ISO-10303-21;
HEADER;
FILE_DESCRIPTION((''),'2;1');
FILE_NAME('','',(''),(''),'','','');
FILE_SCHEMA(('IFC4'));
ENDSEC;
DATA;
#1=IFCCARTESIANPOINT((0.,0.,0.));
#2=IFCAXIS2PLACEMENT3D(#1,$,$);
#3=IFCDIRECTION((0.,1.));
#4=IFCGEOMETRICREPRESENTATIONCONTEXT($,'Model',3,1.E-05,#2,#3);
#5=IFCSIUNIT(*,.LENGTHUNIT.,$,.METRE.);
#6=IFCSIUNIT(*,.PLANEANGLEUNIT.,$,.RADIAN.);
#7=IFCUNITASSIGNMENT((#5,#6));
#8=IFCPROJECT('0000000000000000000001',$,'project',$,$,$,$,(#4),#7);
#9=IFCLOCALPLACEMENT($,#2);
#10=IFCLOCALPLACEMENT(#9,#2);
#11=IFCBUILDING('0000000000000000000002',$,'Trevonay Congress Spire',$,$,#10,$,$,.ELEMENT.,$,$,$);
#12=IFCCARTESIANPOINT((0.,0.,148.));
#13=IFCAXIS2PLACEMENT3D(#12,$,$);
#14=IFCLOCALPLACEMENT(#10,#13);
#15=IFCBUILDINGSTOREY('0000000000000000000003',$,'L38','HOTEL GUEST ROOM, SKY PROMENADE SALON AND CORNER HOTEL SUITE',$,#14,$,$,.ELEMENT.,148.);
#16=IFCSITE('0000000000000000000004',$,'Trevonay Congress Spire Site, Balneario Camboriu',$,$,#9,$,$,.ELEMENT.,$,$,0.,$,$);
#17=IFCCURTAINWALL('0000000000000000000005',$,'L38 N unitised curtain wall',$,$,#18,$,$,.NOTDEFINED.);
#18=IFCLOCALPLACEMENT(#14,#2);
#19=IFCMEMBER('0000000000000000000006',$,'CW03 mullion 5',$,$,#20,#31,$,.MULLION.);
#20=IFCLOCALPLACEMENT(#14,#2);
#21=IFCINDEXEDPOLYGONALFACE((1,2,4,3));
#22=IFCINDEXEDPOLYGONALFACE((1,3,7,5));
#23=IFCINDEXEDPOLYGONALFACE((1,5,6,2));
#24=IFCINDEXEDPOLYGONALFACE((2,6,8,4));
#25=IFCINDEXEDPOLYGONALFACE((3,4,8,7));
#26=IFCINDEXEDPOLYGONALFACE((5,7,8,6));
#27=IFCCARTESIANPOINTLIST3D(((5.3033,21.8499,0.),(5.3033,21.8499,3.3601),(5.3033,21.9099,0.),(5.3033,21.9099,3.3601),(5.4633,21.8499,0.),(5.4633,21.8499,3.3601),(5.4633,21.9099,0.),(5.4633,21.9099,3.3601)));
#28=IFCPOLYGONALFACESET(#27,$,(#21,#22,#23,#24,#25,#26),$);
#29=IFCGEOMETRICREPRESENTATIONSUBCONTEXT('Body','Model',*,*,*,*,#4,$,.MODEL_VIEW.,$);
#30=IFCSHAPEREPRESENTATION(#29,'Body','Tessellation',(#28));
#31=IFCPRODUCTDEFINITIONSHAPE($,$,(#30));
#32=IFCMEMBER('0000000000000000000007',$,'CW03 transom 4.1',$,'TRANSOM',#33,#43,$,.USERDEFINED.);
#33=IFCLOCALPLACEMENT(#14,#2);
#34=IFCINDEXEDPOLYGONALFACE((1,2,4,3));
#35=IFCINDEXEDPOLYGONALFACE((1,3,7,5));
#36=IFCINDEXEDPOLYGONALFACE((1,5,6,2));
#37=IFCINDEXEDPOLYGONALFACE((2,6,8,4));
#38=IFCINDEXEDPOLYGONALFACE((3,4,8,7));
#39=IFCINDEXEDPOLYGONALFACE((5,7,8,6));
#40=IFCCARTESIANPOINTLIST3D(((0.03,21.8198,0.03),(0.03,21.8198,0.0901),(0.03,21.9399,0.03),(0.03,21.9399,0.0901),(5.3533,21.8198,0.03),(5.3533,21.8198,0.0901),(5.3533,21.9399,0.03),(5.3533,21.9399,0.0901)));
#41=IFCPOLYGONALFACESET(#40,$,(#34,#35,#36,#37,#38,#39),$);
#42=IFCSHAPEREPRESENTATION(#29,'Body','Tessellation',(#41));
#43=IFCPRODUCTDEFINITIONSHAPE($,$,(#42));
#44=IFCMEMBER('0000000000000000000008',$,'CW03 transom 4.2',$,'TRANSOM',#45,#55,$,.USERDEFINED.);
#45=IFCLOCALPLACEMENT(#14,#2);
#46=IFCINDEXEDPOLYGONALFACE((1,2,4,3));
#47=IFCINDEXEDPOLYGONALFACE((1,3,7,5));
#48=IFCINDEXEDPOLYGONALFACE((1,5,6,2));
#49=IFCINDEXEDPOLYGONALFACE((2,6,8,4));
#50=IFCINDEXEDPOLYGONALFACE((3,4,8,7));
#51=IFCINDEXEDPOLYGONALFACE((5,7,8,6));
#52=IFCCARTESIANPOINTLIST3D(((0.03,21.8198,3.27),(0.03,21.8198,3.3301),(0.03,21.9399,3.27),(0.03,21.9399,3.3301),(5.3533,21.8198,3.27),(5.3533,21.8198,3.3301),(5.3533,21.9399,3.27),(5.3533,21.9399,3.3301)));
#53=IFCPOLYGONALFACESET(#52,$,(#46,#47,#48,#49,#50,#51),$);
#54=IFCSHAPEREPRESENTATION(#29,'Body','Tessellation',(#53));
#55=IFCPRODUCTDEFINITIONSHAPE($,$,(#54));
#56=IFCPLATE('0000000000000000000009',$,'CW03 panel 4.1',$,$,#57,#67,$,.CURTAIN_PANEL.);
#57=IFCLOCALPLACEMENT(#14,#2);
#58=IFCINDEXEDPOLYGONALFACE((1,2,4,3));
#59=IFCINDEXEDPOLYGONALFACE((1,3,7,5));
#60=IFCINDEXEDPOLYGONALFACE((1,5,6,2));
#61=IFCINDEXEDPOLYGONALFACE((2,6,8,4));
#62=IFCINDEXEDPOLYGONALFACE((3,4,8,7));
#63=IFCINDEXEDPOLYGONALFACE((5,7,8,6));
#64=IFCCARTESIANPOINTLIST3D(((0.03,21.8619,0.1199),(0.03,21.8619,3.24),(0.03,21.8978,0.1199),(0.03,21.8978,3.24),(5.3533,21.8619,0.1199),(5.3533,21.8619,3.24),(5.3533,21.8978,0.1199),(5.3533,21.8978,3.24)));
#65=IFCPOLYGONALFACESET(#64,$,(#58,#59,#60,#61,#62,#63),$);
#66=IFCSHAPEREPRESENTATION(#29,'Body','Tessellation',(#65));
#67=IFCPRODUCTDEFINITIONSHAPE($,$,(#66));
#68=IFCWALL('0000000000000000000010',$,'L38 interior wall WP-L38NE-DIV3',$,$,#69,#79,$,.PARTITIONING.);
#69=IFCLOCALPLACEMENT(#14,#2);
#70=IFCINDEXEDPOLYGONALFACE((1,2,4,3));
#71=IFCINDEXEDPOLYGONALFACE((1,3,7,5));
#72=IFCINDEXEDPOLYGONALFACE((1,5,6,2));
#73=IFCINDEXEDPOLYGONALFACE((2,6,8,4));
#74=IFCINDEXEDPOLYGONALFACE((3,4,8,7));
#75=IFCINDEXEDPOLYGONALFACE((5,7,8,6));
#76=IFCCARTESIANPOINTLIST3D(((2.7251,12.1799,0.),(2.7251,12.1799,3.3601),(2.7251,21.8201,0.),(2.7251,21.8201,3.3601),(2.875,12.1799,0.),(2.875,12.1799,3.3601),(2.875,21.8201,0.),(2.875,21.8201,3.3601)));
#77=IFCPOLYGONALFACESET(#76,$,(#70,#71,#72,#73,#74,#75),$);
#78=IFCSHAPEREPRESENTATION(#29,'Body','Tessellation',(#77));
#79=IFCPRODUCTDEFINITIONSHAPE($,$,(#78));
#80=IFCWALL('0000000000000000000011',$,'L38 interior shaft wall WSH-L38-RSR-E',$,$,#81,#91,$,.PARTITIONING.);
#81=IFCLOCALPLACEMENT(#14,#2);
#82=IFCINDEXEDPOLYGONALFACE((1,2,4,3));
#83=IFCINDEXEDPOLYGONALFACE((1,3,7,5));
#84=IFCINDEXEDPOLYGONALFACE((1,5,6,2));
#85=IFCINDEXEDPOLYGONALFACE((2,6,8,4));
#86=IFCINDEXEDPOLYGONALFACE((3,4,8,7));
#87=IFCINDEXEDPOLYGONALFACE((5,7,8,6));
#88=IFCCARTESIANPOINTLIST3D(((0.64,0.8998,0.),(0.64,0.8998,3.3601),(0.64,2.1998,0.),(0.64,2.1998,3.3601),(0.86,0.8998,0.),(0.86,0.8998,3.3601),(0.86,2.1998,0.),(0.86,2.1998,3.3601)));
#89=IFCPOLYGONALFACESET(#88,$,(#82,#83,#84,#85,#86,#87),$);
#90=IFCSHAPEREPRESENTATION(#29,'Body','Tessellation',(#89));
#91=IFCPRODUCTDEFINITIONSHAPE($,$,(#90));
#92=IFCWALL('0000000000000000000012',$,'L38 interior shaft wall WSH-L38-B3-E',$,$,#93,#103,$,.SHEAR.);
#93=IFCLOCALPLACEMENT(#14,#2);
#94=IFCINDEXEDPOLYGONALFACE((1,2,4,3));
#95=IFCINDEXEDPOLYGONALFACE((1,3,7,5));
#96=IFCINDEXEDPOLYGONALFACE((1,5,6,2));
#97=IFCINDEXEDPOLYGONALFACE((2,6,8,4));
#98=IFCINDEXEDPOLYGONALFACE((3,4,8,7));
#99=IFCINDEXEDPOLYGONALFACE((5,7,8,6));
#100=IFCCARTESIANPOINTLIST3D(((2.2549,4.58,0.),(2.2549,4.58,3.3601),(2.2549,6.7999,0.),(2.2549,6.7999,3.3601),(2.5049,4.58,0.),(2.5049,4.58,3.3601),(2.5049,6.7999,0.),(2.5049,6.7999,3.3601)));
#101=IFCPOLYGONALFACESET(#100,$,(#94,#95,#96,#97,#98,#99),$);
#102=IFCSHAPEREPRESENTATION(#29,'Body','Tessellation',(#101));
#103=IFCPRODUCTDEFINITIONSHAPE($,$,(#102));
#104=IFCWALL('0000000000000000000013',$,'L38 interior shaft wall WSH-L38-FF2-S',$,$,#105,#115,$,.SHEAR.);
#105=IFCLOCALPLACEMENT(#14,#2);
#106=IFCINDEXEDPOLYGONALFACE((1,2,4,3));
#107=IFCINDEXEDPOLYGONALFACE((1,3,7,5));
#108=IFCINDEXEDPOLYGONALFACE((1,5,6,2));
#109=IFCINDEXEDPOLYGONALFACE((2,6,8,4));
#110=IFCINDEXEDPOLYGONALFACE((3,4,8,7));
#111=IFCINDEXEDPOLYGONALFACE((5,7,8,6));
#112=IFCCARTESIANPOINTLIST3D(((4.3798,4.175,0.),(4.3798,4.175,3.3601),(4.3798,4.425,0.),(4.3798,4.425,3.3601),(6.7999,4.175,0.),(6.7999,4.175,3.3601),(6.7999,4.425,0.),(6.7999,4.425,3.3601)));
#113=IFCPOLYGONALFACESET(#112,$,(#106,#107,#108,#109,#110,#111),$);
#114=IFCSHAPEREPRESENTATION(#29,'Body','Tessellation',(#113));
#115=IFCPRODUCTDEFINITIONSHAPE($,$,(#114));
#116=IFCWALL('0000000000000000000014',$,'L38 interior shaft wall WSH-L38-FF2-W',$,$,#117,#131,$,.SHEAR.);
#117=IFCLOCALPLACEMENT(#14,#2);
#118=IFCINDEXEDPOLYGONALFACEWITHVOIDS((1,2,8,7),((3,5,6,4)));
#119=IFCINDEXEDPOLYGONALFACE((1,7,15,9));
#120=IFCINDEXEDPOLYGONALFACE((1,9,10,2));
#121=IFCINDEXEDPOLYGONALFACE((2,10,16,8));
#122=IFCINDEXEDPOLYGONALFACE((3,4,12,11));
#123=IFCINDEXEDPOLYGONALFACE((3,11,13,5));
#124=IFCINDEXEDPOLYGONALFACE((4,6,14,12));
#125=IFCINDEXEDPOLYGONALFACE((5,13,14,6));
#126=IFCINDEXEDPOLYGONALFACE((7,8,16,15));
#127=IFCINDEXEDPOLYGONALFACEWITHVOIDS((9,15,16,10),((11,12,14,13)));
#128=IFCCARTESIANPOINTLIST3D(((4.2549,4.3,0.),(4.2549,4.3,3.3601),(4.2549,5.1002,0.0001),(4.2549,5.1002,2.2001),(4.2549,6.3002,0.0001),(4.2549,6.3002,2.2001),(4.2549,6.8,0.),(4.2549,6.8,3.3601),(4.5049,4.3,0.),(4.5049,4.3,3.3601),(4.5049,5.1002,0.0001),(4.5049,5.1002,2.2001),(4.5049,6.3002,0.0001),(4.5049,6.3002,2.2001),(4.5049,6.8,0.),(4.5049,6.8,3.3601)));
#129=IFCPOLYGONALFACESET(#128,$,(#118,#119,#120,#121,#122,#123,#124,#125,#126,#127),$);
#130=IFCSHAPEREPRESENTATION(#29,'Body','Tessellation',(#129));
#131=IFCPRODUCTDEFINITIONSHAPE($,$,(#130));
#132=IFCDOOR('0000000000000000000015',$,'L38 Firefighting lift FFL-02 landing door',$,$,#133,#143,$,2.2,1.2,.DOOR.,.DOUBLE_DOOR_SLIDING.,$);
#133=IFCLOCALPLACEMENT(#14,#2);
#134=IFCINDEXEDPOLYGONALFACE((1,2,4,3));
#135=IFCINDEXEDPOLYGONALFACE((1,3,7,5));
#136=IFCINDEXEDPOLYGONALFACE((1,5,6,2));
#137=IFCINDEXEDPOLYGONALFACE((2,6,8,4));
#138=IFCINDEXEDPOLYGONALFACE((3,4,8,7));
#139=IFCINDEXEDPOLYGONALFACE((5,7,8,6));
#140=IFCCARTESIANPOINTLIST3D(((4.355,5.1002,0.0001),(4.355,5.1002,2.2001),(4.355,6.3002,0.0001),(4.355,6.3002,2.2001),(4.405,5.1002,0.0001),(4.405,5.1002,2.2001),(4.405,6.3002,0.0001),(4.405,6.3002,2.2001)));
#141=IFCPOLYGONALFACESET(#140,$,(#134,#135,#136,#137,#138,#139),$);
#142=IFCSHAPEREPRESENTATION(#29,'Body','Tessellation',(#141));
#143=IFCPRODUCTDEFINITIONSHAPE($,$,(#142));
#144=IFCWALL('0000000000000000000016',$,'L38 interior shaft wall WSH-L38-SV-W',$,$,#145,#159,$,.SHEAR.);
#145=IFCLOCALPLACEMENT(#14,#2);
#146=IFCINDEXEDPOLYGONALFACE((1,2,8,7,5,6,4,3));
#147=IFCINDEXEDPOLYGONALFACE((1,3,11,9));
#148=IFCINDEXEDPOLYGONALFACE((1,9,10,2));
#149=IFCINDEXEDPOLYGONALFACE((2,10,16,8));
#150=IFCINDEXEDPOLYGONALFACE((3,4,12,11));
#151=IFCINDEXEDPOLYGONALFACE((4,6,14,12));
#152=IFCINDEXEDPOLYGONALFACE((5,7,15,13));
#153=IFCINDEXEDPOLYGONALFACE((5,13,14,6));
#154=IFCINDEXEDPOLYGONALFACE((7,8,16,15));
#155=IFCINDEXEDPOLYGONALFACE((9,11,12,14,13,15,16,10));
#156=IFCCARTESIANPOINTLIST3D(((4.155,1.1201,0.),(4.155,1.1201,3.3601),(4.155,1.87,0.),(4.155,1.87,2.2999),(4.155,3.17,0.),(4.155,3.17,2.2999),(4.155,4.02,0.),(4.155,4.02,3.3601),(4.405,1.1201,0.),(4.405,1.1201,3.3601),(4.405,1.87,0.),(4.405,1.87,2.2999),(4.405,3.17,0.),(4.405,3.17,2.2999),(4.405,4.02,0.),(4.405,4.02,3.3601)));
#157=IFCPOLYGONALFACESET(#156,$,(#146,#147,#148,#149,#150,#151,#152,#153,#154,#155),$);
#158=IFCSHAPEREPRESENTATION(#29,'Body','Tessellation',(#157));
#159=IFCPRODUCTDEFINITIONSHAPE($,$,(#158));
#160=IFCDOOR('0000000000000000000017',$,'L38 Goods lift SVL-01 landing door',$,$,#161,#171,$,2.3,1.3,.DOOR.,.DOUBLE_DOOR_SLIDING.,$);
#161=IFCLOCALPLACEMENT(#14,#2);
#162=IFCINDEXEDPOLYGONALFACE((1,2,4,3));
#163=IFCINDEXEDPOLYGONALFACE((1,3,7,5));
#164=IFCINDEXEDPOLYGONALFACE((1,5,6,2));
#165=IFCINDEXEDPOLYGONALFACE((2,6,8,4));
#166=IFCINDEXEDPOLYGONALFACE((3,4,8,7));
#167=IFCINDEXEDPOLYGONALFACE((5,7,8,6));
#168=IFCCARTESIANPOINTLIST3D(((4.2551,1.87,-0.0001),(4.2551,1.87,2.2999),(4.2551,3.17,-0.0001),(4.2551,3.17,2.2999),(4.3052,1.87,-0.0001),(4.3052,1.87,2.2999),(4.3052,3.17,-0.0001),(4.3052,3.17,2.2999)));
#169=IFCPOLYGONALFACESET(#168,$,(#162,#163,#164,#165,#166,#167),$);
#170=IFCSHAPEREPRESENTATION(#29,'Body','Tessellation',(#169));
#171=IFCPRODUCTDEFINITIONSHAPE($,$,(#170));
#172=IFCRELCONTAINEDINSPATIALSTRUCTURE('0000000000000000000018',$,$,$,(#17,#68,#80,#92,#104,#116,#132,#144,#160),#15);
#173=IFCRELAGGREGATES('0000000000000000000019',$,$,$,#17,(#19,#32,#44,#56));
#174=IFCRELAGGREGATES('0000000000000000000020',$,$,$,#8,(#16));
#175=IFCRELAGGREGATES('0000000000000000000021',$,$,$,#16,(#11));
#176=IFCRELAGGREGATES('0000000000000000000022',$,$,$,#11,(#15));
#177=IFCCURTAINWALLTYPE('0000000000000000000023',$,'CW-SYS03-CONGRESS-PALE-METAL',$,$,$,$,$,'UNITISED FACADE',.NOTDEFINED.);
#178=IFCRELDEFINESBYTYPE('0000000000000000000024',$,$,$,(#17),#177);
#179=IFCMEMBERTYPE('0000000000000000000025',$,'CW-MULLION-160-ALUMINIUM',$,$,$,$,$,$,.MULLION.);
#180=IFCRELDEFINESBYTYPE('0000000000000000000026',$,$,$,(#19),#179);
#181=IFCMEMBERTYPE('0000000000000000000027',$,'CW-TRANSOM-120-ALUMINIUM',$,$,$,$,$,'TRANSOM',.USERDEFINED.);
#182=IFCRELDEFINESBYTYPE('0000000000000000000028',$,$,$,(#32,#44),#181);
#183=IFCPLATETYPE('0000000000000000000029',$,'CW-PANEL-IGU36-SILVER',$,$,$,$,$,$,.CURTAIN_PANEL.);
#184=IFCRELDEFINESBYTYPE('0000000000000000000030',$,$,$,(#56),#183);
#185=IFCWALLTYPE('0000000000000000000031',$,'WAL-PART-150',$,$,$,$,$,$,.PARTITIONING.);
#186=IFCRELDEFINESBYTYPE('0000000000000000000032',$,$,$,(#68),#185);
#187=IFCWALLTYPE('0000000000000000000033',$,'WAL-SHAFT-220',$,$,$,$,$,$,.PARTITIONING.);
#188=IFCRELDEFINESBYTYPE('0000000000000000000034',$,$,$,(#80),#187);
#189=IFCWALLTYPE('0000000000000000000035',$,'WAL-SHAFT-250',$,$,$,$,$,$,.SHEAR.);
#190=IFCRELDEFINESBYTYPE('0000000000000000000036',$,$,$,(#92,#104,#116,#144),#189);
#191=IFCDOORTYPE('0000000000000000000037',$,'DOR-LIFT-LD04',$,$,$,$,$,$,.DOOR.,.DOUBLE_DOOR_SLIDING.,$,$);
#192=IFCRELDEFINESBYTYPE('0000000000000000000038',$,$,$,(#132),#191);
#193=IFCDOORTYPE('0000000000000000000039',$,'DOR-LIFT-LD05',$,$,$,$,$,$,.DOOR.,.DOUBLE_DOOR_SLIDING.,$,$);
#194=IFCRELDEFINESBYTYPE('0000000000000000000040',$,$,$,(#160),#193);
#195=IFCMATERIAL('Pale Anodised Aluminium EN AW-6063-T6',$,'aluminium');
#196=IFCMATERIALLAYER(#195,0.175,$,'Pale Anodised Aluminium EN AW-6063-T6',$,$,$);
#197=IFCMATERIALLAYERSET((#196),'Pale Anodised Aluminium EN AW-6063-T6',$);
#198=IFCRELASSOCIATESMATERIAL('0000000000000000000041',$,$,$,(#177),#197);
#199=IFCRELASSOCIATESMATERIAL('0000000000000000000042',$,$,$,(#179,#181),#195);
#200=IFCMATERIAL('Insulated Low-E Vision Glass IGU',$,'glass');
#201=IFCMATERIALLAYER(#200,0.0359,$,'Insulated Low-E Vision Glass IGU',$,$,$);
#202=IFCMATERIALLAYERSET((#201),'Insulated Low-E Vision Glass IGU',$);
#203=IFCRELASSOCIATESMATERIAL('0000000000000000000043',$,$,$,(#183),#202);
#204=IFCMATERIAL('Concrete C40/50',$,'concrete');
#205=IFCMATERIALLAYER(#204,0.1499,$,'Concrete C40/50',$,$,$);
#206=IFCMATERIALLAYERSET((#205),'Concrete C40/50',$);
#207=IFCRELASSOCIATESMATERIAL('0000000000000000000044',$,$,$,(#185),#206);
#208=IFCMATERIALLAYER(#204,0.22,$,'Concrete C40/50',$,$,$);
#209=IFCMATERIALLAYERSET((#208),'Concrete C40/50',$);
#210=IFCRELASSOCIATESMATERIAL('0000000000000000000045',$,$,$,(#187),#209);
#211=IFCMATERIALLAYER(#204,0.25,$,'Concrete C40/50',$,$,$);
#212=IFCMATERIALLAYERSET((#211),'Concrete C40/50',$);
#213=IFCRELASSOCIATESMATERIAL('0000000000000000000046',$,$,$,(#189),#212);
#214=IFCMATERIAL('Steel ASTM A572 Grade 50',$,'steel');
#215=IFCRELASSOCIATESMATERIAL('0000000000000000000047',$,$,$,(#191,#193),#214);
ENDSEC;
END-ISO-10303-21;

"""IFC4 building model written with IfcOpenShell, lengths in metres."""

from ifc_helpers import new_model, si_unit, direction, frame, frame_2d, origin, origin_2d, place, context, subcontext, project, spatial, rectangle, extrude, material, layer, layer_set, material_profile, profile_set, type_object, element, fill, aggregate, save


model = new_model("IFC4")

# Units and contexts
model_context = context("Model", 3, precision=1e-05, world=origin(), true_north=direction((0.0, 1.0)))
body_context = subcontext(model_context, "Body", "Model", "MODEL_VIEW")
ifc_project = project(units=[si_unit("LENGTHUNIT", "METRE"), si_unit("PLANEANGLEUNIT", "RADIAN")], contexts=[model_context])

# Site, building, storey
site_placement = place(None, origin())
site = spatial("IfcSite", under=ifc_project, at=site_placement, Name="Trevonay Congress Spire Site, Balneario Camboriu", CompositionType="ELEMENT", RefElevation=0.0)
building_placement = place(site_placement, origin())
building = spatial("IfcBuilding", under=site, at=building_placement, Name="Trevonay Congress Spire", CompositionType="ELEMENT")
storey_placement = place(building_placement, frame((0.0, 0.0, 148.0)))
storey = spatial("IfcBuildingStorey", under=building, at=storey_placement, Name="L38", Description="HOTEL GUEST ROOM, SKY PROMENADE SALON AND CORNER HOTEL SUITE", CompositionType="ELEMENT", Elevation=148.0)

# Shared definitions
ifc_material_1 = material(Name="Steel ASTM A572 Grade 50", Category="steel")

# Curtain wall, members, plate
ifc_material_2 = material(Name="Pale Anodised Aluminium EN AW-6063-T6", Category="aluminium")
ifc_layer_1 = layer(ifc_material_2, 0.175, Name="Pale Anodised Aluminium EN AW-6063-T6")
ifc_layer_set_1 = layer_set([ifc_layer_1], Name="Pale Anodised Aluminium EN AW-6063-T6")
curtain_wall_type = type_object("IfcCurtainWallType", Name="CW-SYS03-CONGRESS-PALE-METAL", ElementType="UNITISED FACADE", PredefinedType="NOTDEFINED", material=ifc_layer_set_1)
curtain_wall_placement = place(storey_placement, origin())
curtain_wall = element("IfcCurtainWall", 1, at=curtain_wall_placement, inside=storey, type_object=curtain_wall_type, Name="L38 N unitised curtain wall", PredefinedType="NOTDEFINED")
ifc_material_profile_1 = material_profile(ifc_material_2, rectangle(XDim=0.0601, YDim=0.1599, at=origin_2d()), Name="CW-MULLION-160-ALUMINIUM")
ifc_profile_set_1 = profile_set([ifc_material_profile_1], Name="Pale Anodised Aluminium EN AW-6063-T6")
member_type_1 = type_object("IfcMemberType", Name="CW-MULLION-160-ALUMINIUM", PredefinedType="MULLION", material=ifc_profile_set_1)
member_1_placement = place(storey_placement, frame((5.3833, 21.8799, 0.0), z_axis=(0.0, 0.0, 1.0), x_axis=(0.0, 1.0, 0.0)))
member_1 = element("IfcMember", 2, at=member_1_placement, type_object=member_type_1, Name="CW03 mullion 5", PredefinedType="MULLION", context=body_context, shape_type="SweptSolid", body=[
    extrude(rectangle(XDim=0.0601, YDim=0.1599, at=origin_2d()), origin(), (0.0, 0.0, 1.0), 3.3601),
])
ifc_material_profile_2 = material_profile(ifc_material_2, rectangle(XDim=0.1201, YDim=0.0601, at=origin_2d()), Name="CW-TRANSOM-120-ALUMINIUM")
ifc_profile_set_2 = profile_set([ifc_material_profile_2], Name="Pale Anodised Aluminium EN AW-6063-T6")
member_type_2 = type_object("IfcMemberType", Name="CW-TRANSOM-120-ALUMINIUM", ElementType="TRANSOM", PredefinedType="USERDEFINED", material=ifc_profile_set_2)
member_2_placement = place(storey_placement, frame((0.03, 21.8799, 0.0601), z_axis=(1.0, 0.0, 0.0), x_axis=(0.0, 1.0, 0.0)))
member_2 = element("IfcMember", 3, at=member_2_placement, type_object=member_type_2, Name="CW03 transom 4.1", ObjectType="TRANSOM", PredefinedType="USERDEFINED", context=body_context, shape_type="SweptSolid", body=[
    extrude(rectangle(XDim=0.1201, YDim=0.0601, at=origin_2d()), origin(), (0.0, 0.0, 1.0), 5.3232),
])
member_3_placement = place(storey_placement, frame((0.03, 21.8799, 3.3), z_axis=(1.0, 0.0, 0.0), x_axis=(0.0, 1.0, 0.0)))
member_3 = element("IfcMember", 4, at=member_3_placement, type_object=member_type_2, Name="CW03 transom 4.2", ObjectType="TRANSOM", PredefinedType="USERDEFINED", context=body_context, shape_type="SweptSolid", body=[
    extrude(rectangle(XDim=0.1201, YDim=0.0601, at=origin_2d()), origin(), (0.0, 0.0, 1.0), 5.3232),
])
ifc_material_3 = material(Name="Insulated Low-E Vision Glass IGU", Category="glass")
ifc_layer_2 = layer(ifc_material_3, 0.0359, Name="Insulated Low-E Vision Glass IGU")
ifc_layer_set_2 = layer_set([ifc_layer_2], Name="Insulated Low-E Vision Glass IGU")
plate_type = type_object("IfcPlateType", Name="CW-PANEL-IGU36-SILVER", PredefinedType="CURTAIN_PANEL", material=ifc_layer_set_2)
plate_placement = place(storey_placement, frame((2.6917, 21.8799, 0.1199), z_axis=(0.0, 0.0, 1.0), x_axis=(1.0, 0.0, 0.0)))
plate = element("IfcPlate", 5, at=plate_placement, type_object=plate_type, Name="CW03 panel 4.1", PredefinedType="CURTAIN_PANEL", context=body_context, shape_type="SweptSolid", body=[
    extrude(rectangle(XDim=5.3232, YDim=0.0359, at=origin_2d()), origin(), (0.0, 0.0, 1.0), 3.1201),
])
aggregate(curtain_wall, [member_1, member_2, member_3, plate])

# Walls
ifc_material_4 = material(Name="Concrete C40/50", Category="concrete")
ifc_layer_3 = layer(ifc_material_4, 0.1499, Name="Concrete C40/50")
ifc_layer_set_3 = layer_set([ifc_layer_3], Name="Concrete C40/50")
wall_type_1 = type_object("IfcWallType", Name="WAL-PART-150", PredefinedType="PARTITIONING", material=ifc_layer_set_3)
wall_1_placement = place(storey_placement, frame((2.8, 12.1799, 0.0), z_axis=(0.0, 0.0, 1.0), x_axis=(0.0, 1.0, 0.0)))
element("IfcWall", 6, at=wall_1_placement, inside=storey, type_object=wall_type_1, Name="L38 interior wall WP-L38NE-DIV3", PredefinedType="PARTITIONING", context=body_context, shape_type="SweptSolid", body=[
    extrude(rectangle(XDim=9.6401, YDim=0.1499, at=frame_2d((4.8201, 0.0))), origin(), (0.0, 0.0, 1.0), 3.3601),
])
ifc_layer_4 = layer(ifc_material_4, 0.22, Name="Concrete C40/50")
ifc_layer_set_4 = layer_set([ifc_layer_4], Name="Concrete C40/50")
wall_type_2 = type_object("IfcWallType", Name="WAL-SHAFT-220", PredefinedType="PARTITIONING", material=ifc_layer_set_4)
wall_2_placement = place(storey_placement, frame((0.75, 0.8999, 0.0), z_axis=(0.0, 0.0, 1.0), x_axis=(0.0, 1.0, 0.0)))
element("IfcWall", 7, at=wall_2_placement, inside=storey, type_object=wall_type_2, Name="L38 interior shaft wall WSH-L38-RSR-E", PredefinedType="PARTITIONING", context=body_context, shape_type="SweptSolid", body=[
    extrude(rectangle(XDim=1.3, YDim=0.22, at=frame_2d((0.6499, 0.0))), origin(), (0.0, 0.0, 1.0), 3.3601),
])
ifc_layer_5 = layer(ifc_material_4, 0.25, Name="Concrete C40/50")
ifc_layer_set_5 = layer_set([ifc_layer_5], Name="Concrete C40/50")
wall_type_3 = type_object("IfcWallType", Name="WAL-SHAFT-250", PredefinedType="SHEAR", material=ifc_layer_set_5)
wall_3_placement = place(storey_placement, frame((2.3799, 4.5801, 0.0), z_axis=(0.0, 0.0, 1.0), x_axis=(0.0, 1.0, 0.0)))
element("IfcWall", 8, at=wall_3_placement, inside=storey, type_object=wall_type_3, Name="L38 interior shaft wall WSH-L38-B3-E", PredefinedType="SHEAR", context=body_context, shape_type="SweptSolid", body=[
    extrude(rectangle(XDim=2.22, YDim=0.25, at=frame_2d((1.1099, 0.0))), origin(), (0.0, 0.0, 1.0), 3.3601),
])
wall_4_placement = place(storey_placement, frame((4.3799, 4.3, 0.0), z_axis=(0.0, 0.0, 1.0), x_axis=(1.0, 0.0, 0.0)))
element("IfcWall", 9, at=wall_4_placement, inside=storey, type_object=wall_type_3, Name="L38 interior shaft wall WSH-L38-FF2-S", PredefinedType="SHEAR", context=body_context, shape_type="SweptSolid", body=[
    extrude(rectangle(XDim=2.4202, YDim=0.25, at=frame_2d((1.21, 0.0))), origin(), (0.0, 0.0, 1.0), 3.3601),
])

# Walls, openings, doors
wall_5_placement = place(storey_placement, frame((4.3799, 4.3, 0.0), z_axis=(0.0, 0.0, 1.0), x_axis=(0.0, 1.0, 0.0)))
wall_5 = element("IfcWall", 10, at=wall_5_placement, inside=storey, type_object=wall_type_3, Name="L38 interior shaft wall WSH-L38-FF2-W", PredefinedType="SHEAR", context=body_context, shape_type="SweptSolid", body=[
    extrude(rectangle(XDim=2.5, YDim=0.25, at=frame_2d((1.25, 0.0))), origin(), (0.0, 0.0, 1.0), 3.3601),
])
opening_1_placement = place(wall_5_placement, frame((0.8, 0.0, 0.0)))
opening_1 = element("IfcOpeningElement", 11, at=opening_1_placement, cuts=wall_5, PredefinedType="OPENING", context=body_context, shape_type="SweptSolid", body=[
    extrude(rectangle(XDim=1.2, YDim=2.2, at=frame_2d((0.6001, 1.1001))), frame((0.0, 0.135, 0.0), z_axis=(0.0, -1.0, 0.0), x_axis=(1.0, 0.0, 0.0)), (0.0, 0.0, 1.0), 0.27),
])
door_type_1 = type_object("IfcDoorType", Name="DOR-LIFT-LD04", OperationType="DOUBLE_DOOR_SLIDING", PredefinedType="DOOR", material=ifc_material_1)
door_1_placement = place(opening_1_placement, origin())
door_1 = element("IfcDoor", 12, at=door_1_placement, inside=storey, type_object=door_type_1, Name="L38 Firefighting lift FFL-02 landing door", OperationType="DOUBLE_DOOR_SLIDING", OverallHeight=2.2, OverallWidth=1.2, PredefinedType="DOOR", context=body_context, shape_type="SweptSolid", body=[
    extrude(rectangle(XDim=1.2, YDim=2.2, at=frame_2d((0.6001, 1.1001))), frame((0.0, 0.0249, 0.0), z_axis=(0.0, -1.0, 0.0), x_axis=(1.0, 0.0, 0.0)), (0.0, 0.0, 1.0), 0.05),
])
fill(opening_1, door_1)
wall_6_placement = place(storey_placement, frame((4.28, 1.1201, 0.0), z_axis=(0.0, 0.0, 1.0), x_axis=(0.0, 1.0, 0.0)))
wall_6 = element("IfcWall", 13, at=wall_6_placement, inside=storey, type_object=wall_type_3, Name="L38 interior shaft wall WSH-L38-SV-W", PredefinedType="SHEAR", context=body_context, shape_type="SweptSolid", body=[
    extrude(rectangle(XDim=2.8999, YDim=0.25, at=frame_2d((1.45, 0.0))), origin(), (0.0, 0.0, 1.0), 3.3601),
])
opening_2_placement = place(wall_6_placement, frame((0.75, 0.0, 0.0)))
opening_2 = element("IfcOpeningElement", 14, at=opening_2_placement, cuts=wall_6, PredefinedType="OPENING", context=body_context, shape_type="SweptSolid", body=[
    extrude(rectangle(XDim=1.3, YDim=2.3, at=frame_2d((0.6499, 1.1499))), frame((0.0, 0.135, 0.0), z_axis=(0.0, -1.0, 0.0), x_axis=(1.0, 0.0, 0.0)), (0.0, 0.0, 1.0), 0.27),
])
door_type_2 = type_object("IfcDoorType", Name="DOR-LIFT-LD05", OperationType="DOUBLE_DOOR_SLIDING", PredefinedType="DOOR", material=ifc_material_1)
door_2_placement = place(opening_2_placement, origin())
door_2 = element("IfcDoor", 15, at=door_2_placement, inside=storey, type_object=door_type_2, Name="L38 Goods lift SVL-01 landing door", OperationType="DOUBLE_DOOR_SLIDING", OverallHeight=2.3, OverallWidth=1.3, PredefinedType="DOOR", context=body_context, shape_type="SweptSolid", body=[
    extrude(rectangle(XDim=1.3, YDim=2.3, at=frame_2d((0.6499, 1.1499))), frame((0.0, 0.0249, 0.0), z_axis=(0.0, -1.0, 0.0), x_axis=(1.0, 0.0, 0.0)), (0.0, 0.0, 1.0), 0.05),
])
fill(opening_2, door_2)

save(model, "model.ifc")
